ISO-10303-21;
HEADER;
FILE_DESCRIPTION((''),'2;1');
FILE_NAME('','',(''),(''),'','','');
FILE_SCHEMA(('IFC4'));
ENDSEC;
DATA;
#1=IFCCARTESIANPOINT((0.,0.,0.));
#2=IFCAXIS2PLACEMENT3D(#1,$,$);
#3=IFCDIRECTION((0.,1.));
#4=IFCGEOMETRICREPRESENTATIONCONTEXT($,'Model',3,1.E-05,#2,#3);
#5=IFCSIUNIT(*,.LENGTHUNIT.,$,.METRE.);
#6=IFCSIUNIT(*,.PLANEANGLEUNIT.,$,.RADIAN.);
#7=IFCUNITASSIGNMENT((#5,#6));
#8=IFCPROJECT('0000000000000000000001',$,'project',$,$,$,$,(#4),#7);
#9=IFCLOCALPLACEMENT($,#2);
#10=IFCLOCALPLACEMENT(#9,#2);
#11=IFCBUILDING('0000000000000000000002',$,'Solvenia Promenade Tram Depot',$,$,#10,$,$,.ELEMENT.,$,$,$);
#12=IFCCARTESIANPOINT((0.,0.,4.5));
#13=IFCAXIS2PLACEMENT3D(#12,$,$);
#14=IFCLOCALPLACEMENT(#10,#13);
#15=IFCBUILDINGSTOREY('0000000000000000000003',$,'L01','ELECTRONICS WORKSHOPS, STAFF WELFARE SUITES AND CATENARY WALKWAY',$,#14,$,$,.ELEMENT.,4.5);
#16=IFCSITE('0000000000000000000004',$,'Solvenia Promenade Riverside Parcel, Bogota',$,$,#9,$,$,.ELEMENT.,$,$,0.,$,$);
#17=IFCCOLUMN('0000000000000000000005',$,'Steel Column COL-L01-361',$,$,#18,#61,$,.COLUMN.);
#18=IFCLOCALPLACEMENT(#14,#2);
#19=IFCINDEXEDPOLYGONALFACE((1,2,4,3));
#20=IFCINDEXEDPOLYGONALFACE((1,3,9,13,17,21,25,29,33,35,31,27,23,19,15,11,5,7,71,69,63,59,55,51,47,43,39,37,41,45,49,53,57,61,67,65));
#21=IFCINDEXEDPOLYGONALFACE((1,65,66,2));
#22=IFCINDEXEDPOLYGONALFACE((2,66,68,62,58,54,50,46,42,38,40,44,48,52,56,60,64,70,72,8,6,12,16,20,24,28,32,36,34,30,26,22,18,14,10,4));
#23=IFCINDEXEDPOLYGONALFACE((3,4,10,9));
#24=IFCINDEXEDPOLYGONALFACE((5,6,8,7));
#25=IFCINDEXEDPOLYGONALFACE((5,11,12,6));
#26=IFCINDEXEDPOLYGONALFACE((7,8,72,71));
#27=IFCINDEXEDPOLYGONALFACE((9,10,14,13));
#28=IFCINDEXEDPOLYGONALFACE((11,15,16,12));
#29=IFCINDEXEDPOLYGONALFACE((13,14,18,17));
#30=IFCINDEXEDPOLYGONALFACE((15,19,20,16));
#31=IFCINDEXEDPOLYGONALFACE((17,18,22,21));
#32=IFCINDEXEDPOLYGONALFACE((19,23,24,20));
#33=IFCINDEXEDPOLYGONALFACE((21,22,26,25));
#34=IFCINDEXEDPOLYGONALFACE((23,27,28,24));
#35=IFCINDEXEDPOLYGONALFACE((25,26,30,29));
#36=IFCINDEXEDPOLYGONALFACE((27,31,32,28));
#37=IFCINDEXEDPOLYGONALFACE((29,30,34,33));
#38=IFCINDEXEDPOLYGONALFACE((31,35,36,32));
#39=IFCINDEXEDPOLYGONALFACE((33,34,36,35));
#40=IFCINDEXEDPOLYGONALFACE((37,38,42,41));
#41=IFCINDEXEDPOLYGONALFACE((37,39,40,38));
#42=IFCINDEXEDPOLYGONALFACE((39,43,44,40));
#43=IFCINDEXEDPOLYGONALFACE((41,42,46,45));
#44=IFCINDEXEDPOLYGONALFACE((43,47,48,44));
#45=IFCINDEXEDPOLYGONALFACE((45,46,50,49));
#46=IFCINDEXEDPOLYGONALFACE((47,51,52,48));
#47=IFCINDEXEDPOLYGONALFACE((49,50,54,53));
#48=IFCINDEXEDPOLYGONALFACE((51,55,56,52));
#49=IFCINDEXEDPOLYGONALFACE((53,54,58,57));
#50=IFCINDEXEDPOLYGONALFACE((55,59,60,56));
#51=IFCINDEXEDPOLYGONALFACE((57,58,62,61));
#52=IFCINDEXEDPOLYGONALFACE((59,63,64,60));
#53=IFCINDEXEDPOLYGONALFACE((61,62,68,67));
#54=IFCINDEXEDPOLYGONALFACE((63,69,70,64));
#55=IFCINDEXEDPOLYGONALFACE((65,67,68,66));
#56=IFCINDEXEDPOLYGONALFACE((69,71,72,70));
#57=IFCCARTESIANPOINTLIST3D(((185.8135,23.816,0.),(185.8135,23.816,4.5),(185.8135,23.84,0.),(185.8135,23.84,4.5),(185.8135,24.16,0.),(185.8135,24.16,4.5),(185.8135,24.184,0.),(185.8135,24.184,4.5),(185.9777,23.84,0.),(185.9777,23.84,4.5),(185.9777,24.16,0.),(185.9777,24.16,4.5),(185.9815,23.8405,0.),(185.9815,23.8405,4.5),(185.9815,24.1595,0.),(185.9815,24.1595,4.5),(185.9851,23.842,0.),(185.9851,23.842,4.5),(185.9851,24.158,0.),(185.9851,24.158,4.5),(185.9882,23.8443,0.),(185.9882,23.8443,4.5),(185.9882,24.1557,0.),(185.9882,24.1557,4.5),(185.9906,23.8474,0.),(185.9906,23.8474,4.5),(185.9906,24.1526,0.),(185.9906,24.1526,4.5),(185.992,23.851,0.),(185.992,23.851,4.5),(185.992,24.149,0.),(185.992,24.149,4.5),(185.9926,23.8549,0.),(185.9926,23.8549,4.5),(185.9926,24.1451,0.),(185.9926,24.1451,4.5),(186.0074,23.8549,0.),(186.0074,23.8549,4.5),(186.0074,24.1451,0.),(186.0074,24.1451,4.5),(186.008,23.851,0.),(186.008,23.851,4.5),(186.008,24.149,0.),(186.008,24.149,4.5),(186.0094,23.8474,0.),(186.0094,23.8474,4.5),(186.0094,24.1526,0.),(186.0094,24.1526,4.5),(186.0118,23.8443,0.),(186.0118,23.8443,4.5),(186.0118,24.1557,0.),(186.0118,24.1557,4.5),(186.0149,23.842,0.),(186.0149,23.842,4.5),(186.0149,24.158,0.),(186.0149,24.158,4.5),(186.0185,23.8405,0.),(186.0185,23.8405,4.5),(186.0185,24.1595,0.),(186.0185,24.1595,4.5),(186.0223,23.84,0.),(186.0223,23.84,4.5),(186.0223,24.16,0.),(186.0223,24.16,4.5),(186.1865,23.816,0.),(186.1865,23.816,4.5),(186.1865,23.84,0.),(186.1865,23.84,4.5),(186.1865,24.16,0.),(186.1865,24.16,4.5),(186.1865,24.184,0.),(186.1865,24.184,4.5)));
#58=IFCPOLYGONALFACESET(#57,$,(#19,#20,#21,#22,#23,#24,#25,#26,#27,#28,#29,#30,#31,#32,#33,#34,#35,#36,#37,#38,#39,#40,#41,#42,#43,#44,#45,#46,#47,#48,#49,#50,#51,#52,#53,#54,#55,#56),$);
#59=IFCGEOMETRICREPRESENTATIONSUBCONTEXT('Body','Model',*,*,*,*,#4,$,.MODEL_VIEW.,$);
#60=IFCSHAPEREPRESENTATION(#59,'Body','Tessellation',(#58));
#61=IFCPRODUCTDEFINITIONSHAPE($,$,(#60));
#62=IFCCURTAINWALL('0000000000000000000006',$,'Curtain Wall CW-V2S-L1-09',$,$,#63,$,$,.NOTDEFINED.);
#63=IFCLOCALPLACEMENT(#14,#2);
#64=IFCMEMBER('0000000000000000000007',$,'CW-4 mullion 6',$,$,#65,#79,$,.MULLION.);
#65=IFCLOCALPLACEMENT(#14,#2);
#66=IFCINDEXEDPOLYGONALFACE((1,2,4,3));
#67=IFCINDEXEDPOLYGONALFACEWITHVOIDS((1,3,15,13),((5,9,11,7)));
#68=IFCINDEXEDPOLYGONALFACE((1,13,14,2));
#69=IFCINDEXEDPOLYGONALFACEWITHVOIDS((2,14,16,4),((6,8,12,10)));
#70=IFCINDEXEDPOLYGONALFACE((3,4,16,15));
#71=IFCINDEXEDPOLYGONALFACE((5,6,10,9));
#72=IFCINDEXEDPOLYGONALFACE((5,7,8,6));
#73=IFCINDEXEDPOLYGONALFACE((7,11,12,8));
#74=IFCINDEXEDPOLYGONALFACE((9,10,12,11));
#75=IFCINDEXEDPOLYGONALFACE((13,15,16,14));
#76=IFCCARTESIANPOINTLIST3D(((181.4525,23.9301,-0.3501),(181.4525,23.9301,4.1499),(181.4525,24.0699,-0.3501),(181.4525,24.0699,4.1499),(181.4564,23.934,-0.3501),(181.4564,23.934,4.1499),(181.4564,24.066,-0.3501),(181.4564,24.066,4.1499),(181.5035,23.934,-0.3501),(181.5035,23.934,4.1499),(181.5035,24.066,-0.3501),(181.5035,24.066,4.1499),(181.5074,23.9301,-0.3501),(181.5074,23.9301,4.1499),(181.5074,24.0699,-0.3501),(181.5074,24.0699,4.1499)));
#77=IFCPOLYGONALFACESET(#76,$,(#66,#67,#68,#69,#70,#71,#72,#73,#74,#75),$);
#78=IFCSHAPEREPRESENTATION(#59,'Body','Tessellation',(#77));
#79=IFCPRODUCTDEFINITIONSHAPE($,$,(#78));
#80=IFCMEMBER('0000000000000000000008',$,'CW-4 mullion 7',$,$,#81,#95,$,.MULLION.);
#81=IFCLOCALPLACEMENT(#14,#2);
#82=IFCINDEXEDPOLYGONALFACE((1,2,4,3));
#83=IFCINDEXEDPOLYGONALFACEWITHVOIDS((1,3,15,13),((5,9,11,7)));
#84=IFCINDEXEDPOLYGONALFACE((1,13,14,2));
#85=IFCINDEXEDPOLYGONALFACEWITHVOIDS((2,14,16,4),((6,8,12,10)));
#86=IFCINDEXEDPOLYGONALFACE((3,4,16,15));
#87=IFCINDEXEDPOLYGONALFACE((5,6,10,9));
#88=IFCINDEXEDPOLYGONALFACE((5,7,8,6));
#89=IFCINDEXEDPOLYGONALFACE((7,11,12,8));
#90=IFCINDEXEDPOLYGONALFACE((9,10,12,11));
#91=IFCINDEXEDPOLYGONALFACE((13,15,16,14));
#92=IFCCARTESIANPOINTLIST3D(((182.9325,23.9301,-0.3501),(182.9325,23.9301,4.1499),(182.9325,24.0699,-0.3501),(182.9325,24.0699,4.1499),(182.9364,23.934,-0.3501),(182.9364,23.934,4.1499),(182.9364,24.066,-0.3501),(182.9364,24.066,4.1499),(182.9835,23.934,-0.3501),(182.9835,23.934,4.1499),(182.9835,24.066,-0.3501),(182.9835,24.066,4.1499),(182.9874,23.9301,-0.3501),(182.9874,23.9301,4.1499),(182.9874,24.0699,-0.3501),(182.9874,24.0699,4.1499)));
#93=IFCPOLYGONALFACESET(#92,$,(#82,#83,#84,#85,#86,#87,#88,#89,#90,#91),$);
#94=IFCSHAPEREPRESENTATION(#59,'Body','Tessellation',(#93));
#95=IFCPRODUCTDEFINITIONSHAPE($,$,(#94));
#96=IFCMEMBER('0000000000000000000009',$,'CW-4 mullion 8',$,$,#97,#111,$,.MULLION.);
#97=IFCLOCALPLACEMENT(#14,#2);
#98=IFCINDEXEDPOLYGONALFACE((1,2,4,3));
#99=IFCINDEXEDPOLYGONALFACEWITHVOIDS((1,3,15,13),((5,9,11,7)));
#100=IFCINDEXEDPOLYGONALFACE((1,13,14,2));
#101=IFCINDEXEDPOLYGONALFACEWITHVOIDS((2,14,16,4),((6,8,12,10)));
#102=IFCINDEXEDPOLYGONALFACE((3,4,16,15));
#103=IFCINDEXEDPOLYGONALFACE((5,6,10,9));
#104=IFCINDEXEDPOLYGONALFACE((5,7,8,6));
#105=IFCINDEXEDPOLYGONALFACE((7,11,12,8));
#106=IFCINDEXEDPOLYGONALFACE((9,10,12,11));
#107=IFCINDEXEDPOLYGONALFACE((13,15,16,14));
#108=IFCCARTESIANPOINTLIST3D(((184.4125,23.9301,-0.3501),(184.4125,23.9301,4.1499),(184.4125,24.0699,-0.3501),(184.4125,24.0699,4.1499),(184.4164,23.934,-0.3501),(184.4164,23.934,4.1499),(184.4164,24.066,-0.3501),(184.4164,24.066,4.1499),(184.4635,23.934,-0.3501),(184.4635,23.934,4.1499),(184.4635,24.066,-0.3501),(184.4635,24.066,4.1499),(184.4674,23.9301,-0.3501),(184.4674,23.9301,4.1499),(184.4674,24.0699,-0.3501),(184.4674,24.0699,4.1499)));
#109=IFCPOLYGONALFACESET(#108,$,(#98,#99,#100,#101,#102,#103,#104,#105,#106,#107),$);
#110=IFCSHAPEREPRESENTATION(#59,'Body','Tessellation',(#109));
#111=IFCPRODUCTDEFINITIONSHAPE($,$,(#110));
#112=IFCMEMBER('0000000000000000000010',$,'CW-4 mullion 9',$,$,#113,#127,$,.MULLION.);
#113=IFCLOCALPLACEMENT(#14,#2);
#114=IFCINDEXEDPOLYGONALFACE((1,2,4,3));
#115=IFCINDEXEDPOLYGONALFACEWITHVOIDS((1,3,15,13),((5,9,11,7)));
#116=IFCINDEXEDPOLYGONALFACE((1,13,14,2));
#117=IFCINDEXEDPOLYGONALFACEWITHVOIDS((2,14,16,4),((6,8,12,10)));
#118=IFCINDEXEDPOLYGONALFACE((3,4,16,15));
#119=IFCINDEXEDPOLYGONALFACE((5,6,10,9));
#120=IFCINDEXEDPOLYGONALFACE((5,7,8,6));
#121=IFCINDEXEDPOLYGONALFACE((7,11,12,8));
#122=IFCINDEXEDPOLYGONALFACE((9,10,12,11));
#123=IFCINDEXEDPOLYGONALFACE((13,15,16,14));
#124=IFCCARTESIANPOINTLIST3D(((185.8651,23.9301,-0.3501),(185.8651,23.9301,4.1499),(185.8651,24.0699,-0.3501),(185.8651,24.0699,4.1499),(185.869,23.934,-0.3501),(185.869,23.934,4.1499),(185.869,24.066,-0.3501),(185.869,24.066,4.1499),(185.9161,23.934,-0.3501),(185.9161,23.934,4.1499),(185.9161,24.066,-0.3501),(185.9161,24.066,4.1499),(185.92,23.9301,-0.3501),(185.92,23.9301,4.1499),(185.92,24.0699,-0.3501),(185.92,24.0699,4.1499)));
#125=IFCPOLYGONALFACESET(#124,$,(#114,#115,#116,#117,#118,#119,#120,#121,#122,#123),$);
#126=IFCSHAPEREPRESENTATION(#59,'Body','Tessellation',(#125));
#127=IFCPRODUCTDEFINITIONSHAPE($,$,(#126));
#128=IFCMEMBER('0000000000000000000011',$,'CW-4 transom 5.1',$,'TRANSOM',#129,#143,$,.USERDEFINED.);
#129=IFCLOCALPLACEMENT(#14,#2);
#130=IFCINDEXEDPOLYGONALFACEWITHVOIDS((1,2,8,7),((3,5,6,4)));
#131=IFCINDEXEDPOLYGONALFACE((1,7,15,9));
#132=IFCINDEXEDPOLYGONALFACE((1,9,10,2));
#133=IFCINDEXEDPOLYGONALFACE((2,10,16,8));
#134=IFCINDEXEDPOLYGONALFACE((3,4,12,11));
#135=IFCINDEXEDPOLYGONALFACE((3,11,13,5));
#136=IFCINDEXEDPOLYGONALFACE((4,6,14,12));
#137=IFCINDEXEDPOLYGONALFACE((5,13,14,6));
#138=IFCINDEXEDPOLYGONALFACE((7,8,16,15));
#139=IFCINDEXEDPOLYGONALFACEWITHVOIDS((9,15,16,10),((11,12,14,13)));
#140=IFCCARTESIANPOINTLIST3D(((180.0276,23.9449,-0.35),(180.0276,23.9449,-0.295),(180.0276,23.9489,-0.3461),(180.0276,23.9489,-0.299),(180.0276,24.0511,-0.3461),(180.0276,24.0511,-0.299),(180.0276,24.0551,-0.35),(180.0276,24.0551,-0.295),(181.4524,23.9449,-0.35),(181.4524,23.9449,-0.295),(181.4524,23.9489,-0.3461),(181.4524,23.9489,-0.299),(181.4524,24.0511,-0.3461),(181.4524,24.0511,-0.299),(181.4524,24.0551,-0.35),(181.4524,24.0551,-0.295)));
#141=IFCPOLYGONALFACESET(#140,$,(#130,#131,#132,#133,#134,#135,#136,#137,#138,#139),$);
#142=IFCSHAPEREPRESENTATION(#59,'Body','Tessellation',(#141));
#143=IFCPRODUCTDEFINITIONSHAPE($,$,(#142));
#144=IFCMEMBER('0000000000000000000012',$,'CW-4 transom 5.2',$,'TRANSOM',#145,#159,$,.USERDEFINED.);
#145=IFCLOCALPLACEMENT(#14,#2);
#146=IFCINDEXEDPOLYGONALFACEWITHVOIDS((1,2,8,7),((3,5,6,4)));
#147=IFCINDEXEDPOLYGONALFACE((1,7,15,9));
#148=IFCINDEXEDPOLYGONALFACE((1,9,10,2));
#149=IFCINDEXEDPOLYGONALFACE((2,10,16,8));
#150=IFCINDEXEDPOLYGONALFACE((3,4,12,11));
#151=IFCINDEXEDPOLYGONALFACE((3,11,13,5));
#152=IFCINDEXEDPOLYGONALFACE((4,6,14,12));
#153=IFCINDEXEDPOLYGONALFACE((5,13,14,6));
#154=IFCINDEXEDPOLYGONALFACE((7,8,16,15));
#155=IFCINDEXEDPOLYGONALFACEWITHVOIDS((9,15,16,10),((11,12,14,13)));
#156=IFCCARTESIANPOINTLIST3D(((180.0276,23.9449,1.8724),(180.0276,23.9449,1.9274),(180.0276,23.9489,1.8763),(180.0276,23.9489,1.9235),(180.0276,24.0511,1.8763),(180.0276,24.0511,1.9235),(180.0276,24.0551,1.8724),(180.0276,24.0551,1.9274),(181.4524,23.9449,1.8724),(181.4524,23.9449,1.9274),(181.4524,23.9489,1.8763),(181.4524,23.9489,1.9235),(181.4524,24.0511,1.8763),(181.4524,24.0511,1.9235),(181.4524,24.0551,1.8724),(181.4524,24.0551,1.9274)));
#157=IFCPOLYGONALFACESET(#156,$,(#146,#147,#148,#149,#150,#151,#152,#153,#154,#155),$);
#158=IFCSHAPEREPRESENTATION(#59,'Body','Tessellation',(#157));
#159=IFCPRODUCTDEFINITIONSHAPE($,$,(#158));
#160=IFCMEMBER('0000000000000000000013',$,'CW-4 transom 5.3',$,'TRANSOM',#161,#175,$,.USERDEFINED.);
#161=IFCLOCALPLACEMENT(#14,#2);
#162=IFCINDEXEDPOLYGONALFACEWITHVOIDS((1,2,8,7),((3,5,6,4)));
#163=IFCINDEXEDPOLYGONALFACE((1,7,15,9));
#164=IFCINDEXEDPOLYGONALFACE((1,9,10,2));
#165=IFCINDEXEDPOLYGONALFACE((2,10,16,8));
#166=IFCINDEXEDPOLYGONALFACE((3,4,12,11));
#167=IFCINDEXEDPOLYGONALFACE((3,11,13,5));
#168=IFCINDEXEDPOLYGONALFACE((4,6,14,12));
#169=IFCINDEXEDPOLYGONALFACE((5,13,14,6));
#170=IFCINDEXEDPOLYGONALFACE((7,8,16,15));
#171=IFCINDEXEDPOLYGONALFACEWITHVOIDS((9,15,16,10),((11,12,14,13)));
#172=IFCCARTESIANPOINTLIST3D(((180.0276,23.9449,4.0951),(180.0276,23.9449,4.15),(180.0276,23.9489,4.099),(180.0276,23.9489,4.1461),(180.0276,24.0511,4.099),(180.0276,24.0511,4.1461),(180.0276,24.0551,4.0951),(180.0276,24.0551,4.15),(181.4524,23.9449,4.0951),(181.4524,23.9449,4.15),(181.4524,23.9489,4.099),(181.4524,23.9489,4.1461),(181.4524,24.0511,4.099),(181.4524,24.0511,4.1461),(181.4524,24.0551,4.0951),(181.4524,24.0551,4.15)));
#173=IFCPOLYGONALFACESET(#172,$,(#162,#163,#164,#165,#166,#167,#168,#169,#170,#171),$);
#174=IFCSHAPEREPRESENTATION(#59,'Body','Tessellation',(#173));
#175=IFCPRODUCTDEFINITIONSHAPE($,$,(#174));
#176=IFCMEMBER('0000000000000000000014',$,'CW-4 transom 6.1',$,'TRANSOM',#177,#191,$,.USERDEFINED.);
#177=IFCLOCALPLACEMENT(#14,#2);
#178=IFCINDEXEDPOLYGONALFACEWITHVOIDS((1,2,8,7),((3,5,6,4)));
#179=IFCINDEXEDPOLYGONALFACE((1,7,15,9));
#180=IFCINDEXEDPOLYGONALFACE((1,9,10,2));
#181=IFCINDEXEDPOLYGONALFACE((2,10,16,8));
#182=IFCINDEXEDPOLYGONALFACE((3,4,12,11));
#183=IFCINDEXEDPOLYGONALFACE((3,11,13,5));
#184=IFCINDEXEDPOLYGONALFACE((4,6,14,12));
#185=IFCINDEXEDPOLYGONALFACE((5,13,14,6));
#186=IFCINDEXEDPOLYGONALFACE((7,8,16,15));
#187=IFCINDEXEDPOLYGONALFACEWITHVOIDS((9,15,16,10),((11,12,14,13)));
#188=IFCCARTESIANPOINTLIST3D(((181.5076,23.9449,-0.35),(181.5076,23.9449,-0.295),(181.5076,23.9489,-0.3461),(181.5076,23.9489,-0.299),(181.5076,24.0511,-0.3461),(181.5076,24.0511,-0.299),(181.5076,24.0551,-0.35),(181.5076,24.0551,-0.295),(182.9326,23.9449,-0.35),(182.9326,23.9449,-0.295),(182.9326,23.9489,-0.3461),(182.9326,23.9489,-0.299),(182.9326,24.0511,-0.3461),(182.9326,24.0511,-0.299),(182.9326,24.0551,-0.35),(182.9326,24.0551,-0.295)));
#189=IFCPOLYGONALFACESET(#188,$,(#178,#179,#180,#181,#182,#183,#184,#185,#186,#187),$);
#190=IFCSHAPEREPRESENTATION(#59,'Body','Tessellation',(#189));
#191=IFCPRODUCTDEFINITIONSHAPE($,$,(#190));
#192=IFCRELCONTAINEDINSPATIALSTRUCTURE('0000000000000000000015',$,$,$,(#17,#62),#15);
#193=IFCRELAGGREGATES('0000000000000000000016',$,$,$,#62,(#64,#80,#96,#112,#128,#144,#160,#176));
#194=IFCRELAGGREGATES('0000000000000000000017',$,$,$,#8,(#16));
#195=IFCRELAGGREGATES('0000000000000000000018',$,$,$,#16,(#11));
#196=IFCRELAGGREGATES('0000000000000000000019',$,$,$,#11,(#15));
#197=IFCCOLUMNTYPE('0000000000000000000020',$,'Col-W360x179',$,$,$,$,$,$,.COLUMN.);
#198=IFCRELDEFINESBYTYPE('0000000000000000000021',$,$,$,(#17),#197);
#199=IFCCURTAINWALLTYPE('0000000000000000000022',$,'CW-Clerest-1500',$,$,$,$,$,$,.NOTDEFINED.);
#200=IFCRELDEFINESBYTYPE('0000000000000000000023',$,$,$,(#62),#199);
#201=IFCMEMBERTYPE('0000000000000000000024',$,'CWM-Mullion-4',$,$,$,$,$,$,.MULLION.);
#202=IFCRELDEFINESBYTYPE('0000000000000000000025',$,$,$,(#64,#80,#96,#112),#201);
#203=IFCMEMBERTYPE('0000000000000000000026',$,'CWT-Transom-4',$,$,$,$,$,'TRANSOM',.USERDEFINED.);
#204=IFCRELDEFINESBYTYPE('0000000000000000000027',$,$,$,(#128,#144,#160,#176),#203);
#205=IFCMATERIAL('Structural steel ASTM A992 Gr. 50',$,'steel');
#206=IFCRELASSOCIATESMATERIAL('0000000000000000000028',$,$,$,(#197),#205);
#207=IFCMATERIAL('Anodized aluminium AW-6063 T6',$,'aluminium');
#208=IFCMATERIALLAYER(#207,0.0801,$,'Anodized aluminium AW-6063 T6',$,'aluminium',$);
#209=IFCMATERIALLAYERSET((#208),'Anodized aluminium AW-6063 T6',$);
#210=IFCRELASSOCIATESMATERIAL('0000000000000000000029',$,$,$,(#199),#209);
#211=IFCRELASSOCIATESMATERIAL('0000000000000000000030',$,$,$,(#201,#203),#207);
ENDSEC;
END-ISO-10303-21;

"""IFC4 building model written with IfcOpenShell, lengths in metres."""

from ifc_helpers import new_model, si_unit, direction, frame, origin, origin_2d, place, context, subcontext, project, spatial, hollow_rectangle, i_section, extrude, material, layer, layer_set, material_profile, profile_set, type_object, element, aggregate, save


model = new_model("IFC4")

# Units and contexts
model_context = context("Model", 3, precision=1e-05, world=origin(), true_north=direction((0.0, 1.0)))
body_context = subcontext(model_context, "Body", "Model", "MODEL_VIEW")
ifc_project = project(units=[si_unit("LENGTHUNIT", "METRE"), si_unit("PLANEANGLEUNIT", "RADIAN")], contexts=[model_context])

# Site, building, storey
site_placement = place(None, origin())
site = spatial("IfcSite", under=ifc_project, at=site_placement, Name="Solvenia Promenade Riverside Parcel, Bogota", CompositionType="ELEMENT", RefElevation=0.0)
building_placement = place(site_placement, origin())
building = spatial("IfcBuilding", under=site, at=building_placement, Name="Solvenia Promenade Tram Depot", CompositionType="ELEMENT")
storey_placement = place(building_placement, frame((0.0, 0.0, 4.5)))
storey = spatial("IfcBuildingStorey", under=building, at=storey_placement, Name="L01", Description="ELECTRONICS WORKSHOPS, STAFF WELFARE SUITES AND CATENARY WALKWAY", CompositionType="ELEMENT", Elevation=4.5)

# Column
ifc_material_1 = material(Name="Structural steel ASTM A992 Gr. 50", Category="steel")
ifc_material_profile_1 = material_profile(ifc_material_1, i_section(OverallWidth=0.373, OverallDepth=0.3679, WebThickness=0.0149, FlangeThickness=0.0239, FilletRadius=0.0149, at=origin_2d()), Name="W360x179", Category="steel")
ifc_profile_set_1 = profile_set([ifc_material_profile_1], Name="Structural steel ASTM A992 Gr. 50")
column_type = type_object("IfcColumnType", Name="Col-W360x179", PredefinedType="COLUMN", material=ifc_profile_set_1)
column_placement = place(storey_placement, frame((186.0, 24.0, 0.0), z_axis=(0.0, 0.0, 1.0), x_axis=(1.0, 0.0, 0.0)))
element("IfcColumn", 1, at=column_placement, inside=storey, type_object=column_type, Name="Steel Column COL-L01-361", PredefinedType="COLUMN", context=body_context, shape_type="SweptSolid", body=[
    extrude(i_section(OverallWidth=0.373, OverallDepth=0.3679, WebThickness=0.0149, FlangeThickness=0.0239, FilletRadius=0.0149, at=origin_2d()), origin(), (0.0, 0.0, 1.0), 4.5),
])

# Curtain wall, members
ifc_material_2 = material(Name="Anodized aluminium AW-6063 T6", Category="aluminium")
ifc_layer_1 = layer(ifc_material_2, 0.0801, Name="Anodized aluminium AW-6063 T6", Category="aluminium")
ifc_layer_set_1 = layer_set([ifc_layer_1], Name="Anodized aluminium AW-6063 T6")
curtain_wall_type = type_object("IfcCurtainWallType", Name="CW-Clerest-1500", PredefinedType="NOTDEFINED", material=ifc_layer_set_1)
curtain_wall_placement = place(storey_placement, origin())
curtain_wall = element("IfcCurtainWall", 2, at=curtain_wall_placement, inside=storey, type_object=curtain_wall_type, Name="Curtain Wall CW-V2S-L1-09", PredefinedType="NOTDEFINED")
ifc_material_profile_2 = material_profile(ifc_material_2, hollow_rectangle(XDim=0.1399, YDim=0.0549, WallThickness=0.0039, at=origin_2d()), Name="ALU-M4", Category="aluminium")
ifc_profile_set_2 = profile_set([ifc_material_profile_2], Name="Anodized aluminium AW-6063 T6")
member_type_1 = type_object("IfcMemberType", Name="CWM-Mullion-4", PredefinedType="MULLION", material=ifc_profile_set_2)
member_1_placement = place(storey_placement, frame((181.48, 24.0, -0.3501), z_axis=(0.0, 0.0, 1.0), x_axis=(0.0, 1.0, 0.0)))
member_1 = element("IfcMember", 3, at=member_1_placement, type_object=member_type_1, Name="CW-4 mullion 6", PredefinedType="MULLION", context=body_context, shape_type="SweptSolid", body=[
    extrude(hollow_rectangle(XDim=0.1399, YDim=0.0549, WallThickness=0.0039, at=origin_2d()), origin(), (0.0, 0.0, 1.0), 4.5),
])
member_2_placement = place(storey_placement, frame((182.96, 24.0, -0.3501), z_axis=(0.0, 0.0, 1.0), x_axis=(0.0, 1.0, 0.0)))
member_2 = element("IfcMember", 4, at=member_2_placement, type_object=member_type_1, Name="CW-4 mullion 7", PredefinedType="MULLION", context=body_context, shape_type="SweptSolid", body=[
    extrude(hollow_rectangle(XDim=0.1399, YDim=0.0549, WallThickness=0.0039, at=origin_2d()), origin(), (0.0, 0.0, 1.0), 4.5),
])
member_3_placement = place(storey_placement, frame((184.4399, 24.0, -0.3501), z_axis=(0.0, 0.0, 1.0), x_axis=(0.0, 1.0, 0.0)))
member_3 = element("IfcMember", 5, at=member_3_placement, type_object=member_type_1, Name="CW-4 mullion 8", PredefinedType="MULLION", context=body_context, shape_type="SweptSolid", body=[
    extrude(hollow_rectangle(XDim=0.1399, YDim=0.0549, WallThickness=0.0039, at=origin_2d()), origin(), (0.0, 0.0, 1.0), 4.5),
])
member_4_placement = place(storey_placement, frame((185.8926, 24.0, -0.3501), z_axis=(0.0, 0.0, 1.0), x_axis=(0.0, 1.0, 0.0)))
member_4 = element("IfcMember", 6, at=member_4_placement, type_object=member_type_1, Name="CW-4 mullion 9", PredefinedType="MULLION", context=body_context, shape_type="SweptSolid", body=[
    extrude(hollow_rectangle(XDim=0.1399, YDim=0.0549, WallThickness=0.0039, at=origin_2d()), origin(), (0.0, 0.0, 1.0), 4.5),
])
ifc_material_profile_3 = material_profile(ifc_material_2, hollow_rectangle(XDim=0.1101, YDim=0.0549, WallThickness=0.0039, at=origin_2d()), Name="ALU-T4", Category="aluminium")
ifc_profile_set_3 = profile_set([ifc_material_profile_3], Name="Anodized aluminium AW-6063 T6")
member_type_2 = type_object("IfcMemberType", Name="CWT-Transom-4", ElementType="TRANSOM", PredefinedType="USERDEFINED", material=ifc_profile_set_3)
member_5_placement = place(storey_placement, frame((180.0276, 24.0, -0.3225), z_axis=(1.0, 0.0, 0.0), x_axis=(0.0, 1.0, 0.0)))
member_5 = element("IfcMember", 7, at=member_5_placement, type_object=member_type_2, Name="CW-4 transom 5.1", ObjectType="TRANSOM", PredefinedType="USERDEFINED", context=body_context, shape_type="SweptSolid", body=[
    extrude(hollow_rectangle(XDim=0.1101, YDim=0.0549, WallThickness=0.0039, at=origin_2d()), origin(), (0.0, 0.0, 1.0), 1.4248),
])
member_6_placement = place(storey_placement, frame((180.0276, 24.0, 1.8999), z_axis=(1.0, 0.0, 0.0), x_axis=(0.0, 1.0, 0.0)))
member_6 = element("IfcMember", 8, at=member_6_placement, type_object=member_type_2, Name="CW-4 transom 5.2", ObjectType="TRANSOM", PredefinedType="USERDEFINED", context=body_context, shape_type="SweptSolid", body=[
    extrude(hollow_rectangle(XDim=0.1101, YDim=0.0549, WallThickness=0.0039, at=origin_2d()), origin(), (0.0, 0.0, 1.0), 1.4248),
])
member_7_placement = place(storey_placement, frame((180.0276, 24.0, 4.1226), z_axis=(1.0, 0.0, 0.0), x_axis=(0.0, 1.0, 0.0)))
member_7 = element("IfcMember", 9, at=member_7_placement, type_object=member_type_2, Name="CW-4 transom 5.3", ObjectType="TRANSOM", PredefinedType="USERDEFINED", context=body_context, shape_type="SweptSolid", body=[
    extrude(hollow_rectangle(XDim=0.1101, YDim=0.0549, WallThickness=0.0039, at=origin_2d()), origin(), (0.0, 0.0, 1.0), 1.4248),
])
member_8_placement = place(storey_placement, frame((181.5076, 24.0, -0.3225), z_axis=(1.0, 0.0, 0.0), x_axis=(0.0, 1.0, 0.0)))
member_8 = element("IfcMember", 10, at=member_8_placement, type_object=member_type_2, Name="CW-4 transom 6.1", ObjectType="TRANSOM", PredefinedType="USERDEFINED", context=body_context, shape_type="SweptSolid", body=[
    extrude(hollow_rectangle(XDim=0.1101, YDim=0.0549, WallThickness=0.0039, at=origin_2d()), origin(), (0.0, 0.0, 1.0), 1.425),
])

aggregate(curtain_wall, [member_1, member_2, member_3, member_4, member_5, member_6, member_7, member_8])

save(model, "model.ifc")
